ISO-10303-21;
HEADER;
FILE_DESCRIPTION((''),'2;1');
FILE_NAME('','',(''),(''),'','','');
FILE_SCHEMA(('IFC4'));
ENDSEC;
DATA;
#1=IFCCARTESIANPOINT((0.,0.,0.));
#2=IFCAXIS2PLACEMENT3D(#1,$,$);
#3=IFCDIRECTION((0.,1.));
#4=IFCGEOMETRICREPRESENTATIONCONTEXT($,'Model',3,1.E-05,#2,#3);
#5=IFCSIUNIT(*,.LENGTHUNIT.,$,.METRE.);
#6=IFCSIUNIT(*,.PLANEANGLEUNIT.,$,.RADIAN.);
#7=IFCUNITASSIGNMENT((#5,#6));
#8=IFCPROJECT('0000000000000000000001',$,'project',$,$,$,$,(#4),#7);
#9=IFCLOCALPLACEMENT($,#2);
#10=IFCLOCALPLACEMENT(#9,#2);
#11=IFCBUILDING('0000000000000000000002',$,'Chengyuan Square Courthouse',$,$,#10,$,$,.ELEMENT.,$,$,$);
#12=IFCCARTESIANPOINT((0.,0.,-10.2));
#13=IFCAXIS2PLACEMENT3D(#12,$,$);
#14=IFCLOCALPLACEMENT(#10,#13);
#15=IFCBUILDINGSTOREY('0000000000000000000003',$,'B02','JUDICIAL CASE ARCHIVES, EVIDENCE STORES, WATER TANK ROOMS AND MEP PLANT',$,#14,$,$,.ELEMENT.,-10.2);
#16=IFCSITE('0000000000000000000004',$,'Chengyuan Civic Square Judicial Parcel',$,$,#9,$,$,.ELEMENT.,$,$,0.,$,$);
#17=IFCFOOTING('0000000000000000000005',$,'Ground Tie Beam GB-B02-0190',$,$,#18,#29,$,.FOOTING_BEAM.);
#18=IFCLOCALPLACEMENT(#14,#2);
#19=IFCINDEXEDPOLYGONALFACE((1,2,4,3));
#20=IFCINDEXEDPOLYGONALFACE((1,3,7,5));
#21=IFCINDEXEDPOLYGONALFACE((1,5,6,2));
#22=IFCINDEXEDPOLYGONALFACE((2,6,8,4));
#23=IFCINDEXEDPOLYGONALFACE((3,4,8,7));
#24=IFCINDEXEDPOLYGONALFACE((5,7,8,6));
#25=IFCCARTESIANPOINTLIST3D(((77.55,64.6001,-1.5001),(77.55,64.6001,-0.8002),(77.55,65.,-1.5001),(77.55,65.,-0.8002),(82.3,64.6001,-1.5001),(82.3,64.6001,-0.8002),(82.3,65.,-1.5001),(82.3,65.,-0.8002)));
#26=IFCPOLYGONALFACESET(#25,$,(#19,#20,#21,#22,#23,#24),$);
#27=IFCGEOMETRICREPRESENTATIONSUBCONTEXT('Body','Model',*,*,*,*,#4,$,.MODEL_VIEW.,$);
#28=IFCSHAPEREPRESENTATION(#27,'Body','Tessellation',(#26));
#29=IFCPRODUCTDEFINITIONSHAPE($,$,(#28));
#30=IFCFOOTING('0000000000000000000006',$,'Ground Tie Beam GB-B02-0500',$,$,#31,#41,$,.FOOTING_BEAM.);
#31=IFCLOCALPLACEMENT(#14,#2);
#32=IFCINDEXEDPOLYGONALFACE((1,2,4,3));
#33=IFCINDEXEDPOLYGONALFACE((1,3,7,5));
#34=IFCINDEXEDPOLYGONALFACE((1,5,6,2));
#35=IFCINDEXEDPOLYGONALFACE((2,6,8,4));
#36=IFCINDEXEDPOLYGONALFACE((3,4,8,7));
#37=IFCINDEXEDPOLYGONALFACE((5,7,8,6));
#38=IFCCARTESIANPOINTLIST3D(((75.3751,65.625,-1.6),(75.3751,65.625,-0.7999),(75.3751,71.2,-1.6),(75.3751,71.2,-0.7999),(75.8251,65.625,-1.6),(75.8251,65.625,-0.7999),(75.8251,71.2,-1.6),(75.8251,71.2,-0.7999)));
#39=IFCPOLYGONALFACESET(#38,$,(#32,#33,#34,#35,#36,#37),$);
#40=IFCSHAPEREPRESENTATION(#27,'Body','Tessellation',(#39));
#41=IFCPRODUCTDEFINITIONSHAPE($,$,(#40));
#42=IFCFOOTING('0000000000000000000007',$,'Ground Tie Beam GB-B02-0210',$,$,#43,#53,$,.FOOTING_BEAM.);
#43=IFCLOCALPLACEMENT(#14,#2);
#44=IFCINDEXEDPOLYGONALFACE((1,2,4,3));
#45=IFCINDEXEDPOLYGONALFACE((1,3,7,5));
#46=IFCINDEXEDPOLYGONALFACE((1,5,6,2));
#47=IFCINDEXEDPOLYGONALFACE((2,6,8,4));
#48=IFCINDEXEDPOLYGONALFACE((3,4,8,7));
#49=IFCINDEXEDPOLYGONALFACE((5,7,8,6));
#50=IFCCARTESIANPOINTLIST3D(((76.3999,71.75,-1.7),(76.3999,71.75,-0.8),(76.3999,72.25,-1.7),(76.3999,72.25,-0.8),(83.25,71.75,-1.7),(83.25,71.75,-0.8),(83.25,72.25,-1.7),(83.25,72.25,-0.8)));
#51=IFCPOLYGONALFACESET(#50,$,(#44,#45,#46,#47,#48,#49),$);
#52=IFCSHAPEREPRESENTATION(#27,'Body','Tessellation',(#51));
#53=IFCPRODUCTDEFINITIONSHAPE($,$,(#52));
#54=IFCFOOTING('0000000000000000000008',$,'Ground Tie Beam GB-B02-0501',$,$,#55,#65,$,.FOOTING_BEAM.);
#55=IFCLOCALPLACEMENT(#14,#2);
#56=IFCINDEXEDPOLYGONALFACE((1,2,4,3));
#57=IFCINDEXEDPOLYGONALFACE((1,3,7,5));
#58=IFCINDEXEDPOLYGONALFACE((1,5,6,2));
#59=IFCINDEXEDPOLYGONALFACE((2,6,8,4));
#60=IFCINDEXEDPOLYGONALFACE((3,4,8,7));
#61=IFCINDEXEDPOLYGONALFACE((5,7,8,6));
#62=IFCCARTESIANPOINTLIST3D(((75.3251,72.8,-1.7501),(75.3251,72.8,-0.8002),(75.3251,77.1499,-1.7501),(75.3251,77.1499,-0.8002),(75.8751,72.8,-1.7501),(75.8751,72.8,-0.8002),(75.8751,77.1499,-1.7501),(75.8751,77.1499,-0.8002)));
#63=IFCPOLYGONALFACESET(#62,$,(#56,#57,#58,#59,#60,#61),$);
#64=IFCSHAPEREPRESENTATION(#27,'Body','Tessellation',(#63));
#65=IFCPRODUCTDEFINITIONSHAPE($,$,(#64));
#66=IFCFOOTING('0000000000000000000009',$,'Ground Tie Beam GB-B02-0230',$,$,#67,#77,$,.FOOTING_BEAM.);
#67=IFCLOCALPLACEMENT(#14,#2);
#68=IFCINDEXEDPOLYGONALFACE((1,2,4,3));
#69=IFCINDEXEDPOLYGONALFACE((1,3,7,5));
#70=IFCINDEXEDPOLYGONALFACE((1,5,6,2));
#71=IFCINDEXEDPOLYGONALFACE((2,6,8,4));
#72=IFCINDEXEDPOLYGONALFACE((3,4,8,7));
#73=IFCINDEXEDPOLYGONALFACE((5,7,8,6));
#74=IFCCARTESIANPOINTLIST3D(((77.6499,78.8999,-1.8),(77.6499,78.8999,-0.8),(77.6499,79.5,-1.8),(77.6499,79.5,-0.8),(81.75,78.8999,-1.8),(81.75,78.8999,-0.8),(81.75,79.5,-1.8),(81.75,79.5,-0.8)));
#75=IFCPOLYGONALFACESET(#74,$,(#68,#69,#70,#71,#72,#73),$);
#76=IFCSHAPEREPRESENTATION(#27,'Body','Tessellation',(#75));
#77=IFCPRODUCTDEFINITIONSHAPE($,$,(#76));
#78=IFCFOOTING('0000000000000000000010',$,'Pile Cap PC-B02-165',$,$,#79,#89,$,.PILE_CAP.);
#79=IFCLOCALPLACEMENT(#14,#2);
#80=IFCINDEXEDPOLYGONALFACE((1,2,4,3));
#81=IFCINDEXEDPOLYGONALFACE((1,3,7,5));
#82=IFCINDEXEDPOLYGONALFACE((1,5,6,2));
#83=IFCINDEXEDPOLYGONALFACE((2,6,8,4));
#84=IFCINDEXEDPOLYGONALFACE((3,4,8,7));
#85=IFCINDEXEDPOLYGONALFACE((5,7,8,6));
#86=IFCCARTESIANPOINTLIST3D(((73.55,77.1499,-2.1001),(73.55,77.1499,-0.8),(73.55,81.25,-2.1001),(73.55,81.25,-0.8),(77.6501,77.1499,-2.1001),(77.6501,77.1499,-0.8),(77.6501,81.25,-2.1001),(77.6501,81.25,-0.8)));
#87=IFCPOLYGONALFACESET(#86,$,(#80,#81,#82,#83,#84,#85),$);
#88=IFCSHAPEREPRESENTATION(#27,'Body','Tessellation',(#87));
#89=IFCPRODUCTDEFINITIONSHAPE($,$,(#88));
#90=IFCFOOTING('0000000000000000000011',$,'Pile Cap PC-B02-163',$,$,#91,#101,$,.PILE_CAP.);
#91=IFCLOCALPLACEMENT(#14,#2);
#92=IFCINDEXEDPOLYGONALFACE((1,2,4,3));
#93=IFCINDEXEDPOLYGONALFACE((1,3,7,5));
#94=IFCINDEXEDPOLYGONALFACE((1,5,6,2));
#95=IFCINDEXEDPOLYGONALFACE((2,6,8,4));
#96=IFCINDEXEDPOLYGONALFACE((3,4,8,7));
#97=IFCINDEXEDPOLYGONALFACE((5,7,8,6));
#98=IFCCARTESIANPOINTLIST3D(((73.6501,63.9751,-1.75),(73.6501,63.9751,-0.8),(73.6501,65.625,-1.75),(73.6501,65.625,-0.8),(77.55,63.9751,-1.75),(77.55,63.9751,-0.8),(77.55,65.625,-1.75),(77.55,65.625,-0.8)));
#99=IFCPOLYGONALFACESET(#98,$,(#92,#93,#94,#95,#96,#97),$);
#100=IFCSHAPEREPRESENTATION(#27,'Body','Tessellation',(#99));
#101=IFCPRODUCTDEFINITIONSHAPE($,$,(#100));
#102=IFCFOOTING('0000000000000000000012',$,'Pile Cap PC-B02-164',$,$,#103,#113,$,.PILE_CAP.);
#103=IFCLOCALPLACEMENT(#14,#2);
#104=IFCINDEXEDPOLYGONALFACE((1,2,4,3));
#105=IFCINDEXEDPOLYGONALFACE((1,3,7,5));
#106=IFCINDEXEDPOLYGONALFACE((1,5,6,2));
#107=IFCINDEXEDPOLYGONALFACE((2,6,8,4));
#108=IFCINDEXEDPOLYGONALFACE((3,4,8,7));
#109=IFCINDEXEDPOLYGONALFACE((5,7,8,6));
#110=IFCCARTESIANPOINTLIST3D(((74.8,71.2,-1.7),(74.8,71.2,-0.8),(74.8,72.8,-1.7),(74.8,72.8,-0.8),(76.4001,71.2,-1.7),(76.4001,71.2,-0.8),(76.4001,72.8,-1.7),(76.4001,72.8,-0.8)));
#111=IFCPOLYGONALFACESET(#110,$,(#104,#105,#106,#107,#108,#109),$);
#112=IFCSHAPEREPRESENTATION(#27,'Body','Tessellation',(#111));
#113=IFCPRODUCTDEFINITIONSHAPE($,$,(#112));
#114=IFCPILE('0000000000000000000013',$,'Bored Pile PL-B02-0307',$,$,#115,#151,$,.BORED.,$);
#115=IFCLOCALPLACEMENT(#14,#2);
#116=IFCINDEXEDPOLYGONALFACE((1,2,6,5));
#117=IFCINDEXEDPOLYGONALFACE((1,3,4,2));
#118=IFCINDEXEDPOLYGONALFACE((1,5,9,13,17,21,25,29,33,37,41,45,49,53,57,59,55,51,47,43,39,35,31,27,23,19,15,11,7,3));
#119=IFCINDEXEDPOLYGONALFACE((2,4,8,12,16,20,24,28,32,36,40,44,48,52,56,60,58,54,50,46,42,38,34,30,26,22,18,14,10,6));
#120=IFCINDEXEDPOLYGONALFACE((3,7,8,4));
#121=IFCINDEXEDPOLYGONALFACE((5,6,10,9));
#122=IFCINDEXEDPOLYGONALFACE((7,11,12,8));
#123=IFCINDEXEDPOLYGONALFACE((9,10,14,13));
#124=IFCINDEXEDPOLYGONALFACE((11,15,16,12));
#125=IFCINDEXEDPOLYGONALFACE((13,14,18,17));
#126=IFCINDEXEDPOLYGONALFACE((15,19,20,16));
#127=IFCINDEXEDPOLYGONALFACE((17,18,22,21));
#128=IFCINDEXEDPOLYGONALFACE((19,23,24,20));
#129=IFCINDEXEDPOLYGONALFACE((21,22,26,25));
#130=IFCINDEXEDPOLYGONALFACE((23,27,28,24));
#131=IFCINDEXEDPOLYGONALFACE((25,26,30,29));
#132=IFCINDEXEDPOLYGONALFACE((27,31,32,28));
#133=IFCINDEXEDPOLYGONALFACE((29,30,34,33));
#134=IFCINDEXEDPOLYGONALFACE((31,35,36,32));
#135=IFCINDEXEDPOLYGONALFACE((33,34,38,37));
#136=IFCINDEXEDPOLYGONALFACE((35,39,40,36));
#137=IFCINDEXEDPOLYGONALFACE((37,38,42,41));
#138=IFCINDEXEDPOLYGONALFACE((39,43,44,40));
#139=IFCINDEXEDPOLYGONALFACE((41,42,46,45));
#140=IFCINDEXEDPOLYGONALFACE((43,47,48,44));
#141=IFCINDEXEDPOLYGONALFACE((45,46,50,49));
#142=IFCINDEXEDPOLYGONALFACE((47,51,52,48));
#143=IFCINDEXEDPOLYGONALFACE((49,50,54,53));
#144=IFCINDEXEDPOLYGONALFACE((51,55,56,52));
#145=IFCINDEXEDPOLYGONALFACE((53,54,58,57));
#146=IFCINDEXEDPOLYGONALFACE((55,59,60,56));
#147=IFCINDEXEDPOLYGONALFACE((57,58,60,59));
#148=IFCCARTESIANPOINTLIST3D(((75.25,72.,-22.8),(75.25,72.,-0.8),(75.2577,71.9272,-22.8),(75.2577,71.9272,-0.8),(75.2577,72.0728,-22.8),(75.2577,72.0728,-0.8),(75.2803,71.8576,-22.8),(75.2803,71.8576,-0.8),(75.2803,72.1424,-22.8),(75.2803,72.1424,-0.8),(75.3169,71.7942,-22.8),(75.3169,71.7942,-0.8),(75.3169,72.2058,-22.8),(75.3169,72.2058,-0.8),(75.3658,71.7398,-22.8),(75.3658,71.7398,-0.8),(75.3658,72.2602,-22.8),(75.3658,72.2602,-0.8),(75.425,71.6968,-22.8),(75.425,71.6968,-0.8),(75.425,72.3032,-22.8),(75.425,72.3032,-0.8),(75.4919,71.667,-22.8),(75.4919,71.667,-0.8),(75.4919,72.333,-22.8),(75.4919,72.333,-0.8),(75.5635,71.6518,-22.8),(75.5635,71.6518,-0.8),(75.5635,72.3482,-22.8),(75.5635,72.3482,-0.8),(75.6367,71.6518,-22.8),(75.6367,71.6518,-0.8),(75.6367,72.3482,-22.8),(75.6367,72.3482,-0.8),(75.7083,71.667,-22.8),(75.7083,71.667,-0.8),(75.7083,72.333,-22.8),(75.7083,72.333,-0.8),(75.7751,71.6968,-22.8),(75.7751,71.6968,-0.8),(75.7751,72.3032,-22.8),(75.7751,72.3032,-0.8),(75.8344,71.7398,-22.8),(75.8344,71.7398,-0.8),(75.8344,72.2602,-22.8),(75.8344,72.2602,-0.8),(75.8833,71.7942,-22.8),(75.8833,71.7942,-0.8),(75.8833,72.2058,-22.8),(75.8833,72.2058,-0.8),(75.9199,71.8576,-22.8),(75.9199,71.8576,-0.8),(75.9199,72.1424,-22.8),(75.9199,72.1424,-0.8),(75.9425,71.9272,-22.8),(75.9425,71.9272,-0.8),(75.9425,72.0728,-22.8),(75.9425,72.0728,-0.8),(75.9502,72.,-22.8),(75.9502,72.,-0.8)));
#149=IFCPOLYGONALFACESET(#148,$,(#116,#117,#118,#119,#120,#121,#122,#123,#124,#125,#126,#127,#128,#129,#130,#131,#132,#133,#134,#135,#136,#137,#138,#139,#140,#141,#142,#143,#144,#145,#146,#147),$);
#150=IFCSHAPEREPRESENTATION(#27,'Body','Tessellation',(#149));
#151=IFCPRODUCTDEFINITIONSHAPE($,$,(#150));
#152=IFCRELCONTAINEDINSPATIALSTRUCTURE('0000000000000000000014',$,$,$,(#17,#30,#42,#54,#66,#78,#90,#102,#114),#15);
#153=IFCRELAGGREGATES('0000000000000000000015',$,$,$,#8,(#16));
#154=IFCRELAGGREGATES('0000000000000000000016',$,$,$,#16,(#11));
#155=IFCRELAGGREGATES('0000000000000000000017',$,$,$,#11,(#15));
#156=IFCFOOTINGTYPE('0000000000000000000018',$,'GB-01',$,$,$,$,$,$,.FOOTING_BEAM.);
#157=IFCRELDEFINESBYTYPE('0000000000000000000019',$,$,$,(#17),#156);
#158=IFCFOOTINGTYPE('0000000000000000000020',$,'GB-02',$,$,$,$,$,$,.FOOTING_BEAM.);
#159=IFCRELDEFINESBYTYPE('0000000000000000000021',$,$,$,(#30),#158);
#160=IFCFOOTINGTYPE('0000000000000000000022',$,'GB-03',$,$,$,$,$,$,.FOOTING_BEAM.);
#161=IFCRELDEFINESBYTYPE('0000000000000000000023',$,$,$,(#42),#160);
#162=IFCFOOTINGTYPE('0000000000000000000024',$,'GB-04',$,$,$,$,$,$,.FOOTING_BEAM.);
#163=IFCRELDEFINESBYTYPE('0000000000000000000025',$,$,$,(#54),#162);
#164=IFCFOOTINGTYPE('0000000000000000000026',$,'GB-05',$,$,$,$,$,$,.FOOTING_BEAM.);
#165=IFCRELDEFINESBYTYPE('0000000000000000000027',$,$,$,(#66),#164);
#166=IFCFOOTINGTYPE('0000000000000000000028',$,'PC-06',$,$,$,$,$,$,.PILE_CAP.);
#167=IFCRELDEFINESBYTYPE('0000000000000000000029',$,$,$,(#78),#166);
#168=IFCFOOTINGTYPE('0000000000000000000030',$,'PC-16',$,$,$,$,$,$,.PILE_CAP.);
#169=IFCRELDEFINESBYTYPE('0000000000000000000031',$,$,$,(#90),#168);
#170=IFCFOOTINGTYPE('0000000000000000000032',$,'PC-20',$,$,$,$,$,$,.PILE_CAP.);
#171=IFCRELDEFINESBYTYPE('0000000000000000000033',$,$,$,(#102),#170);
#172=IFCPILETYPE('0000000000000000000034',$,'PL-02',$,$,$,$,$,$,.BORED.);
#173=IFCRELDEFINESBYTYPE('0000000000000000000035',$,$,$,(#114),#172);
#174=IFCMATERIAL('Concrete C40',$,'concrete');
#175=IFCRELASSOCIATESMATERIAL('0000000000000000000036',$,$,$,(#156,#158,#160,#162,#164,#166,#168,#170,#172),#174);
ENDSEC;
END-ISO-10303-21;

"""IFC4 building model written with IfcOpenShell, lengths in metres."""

from ifc_helpers import new_model, si_unit, direction, frame, origin, origin_2d, place, context, subcontext, project, spatial, rectangle, circle, extrude, material, material_profile, profile_set, type_object, element, save


model = new_model("IFC4")

# Units and contexts
model_context = context("Model", 3, precision=1e-05, world=origin(), true_north=direction((0.0, 1.0)))
body_context = subcontext(model_context, "Body", "Model", "MODEL_VIEW")
ifc_project = project(units=[si_unit("LENGTHUNIT", "METRE"), si_unit("PLANEANGLEUNIT", "RADIAN")], contexts=[model_context])

# Site, building, storey
site_placement = place(None, origin())
site = spatial("IfcSite", under=ifc_project, at=site_placement, Name="Chengyuan Civic Square Judicial Parcel", CompositionType="ELEMENT", RefElevation=0.0)
building_placement = place(site_placement, origin())
building = spatial("IfcBuilding", under=site, at=building_placement, Name="Chengyuan Square Courthouse", CompositionType="ELEMENT")
storey_placement = place(building_placement, frame((0.0, 0.0, -10.2)))
storey = spatial("IfcBuildingStorey", under=building, at=storey_placement, Name="B02", Description="JUDICIAL CASE ARCHIVES, EVIDENCE STORES, WATER TANK ROOMS AND MEP PLANT", CompositionType="ELEMENT", Elevation=-10.2)

# Footings
ifc_material_1 = material(Name="Concrete C40", Category="concrete")
ifc_material_profile_1 = material_profile(ifc_material_1, rectangle(XDim=0.3999, YDim=0.7, at=origin_2d()), Name="GB-400x700")
ifc_profile_set_1 = profile_set([ifc_material_profile_1], Name="Concrete C40")
footing_type_1 = type_object("IfcFootingType", Name="GB-01", PredefinedType="FOOTING_BEAM", material=ifc_profile_set_1)
footing_1_placement = place(storey_placement, frame((77.55, 64.8, -1.1501), z_axis=(1.0, 0.0, 0.0), x_axis=(0.0, 1.0, 0.0)))
element("IfcFooting", 1, at=footing_1_placement, inside=storey, type_object=footing_type_1, Name="Ground Tie Beam GB-B02-0190", PredefinedType="FOOTING_BEAM", context=body_context, shape_type="SweptSolid", body=[
    extrude(rectangle(XDim=0.3999, YDim=0.7, at=origin_2d()), origin(), (0.0, 0.0, 1.0), 4.75),
])
ifc_material_profile_2 = material_profile(ifc_material_1, rectangle(XDim=0.45, YDim=0.8, at=origin_2d()), Name="GB-450x800")
ifc_profile_set_2 = profile_set([ifc_material_profile_2], Name="Concrete C40")
footing_type_2 = type_object("IfcFootingType", Name="GB-02", PredefinedType="FOOTING_BEAM", material=ifc_profile_set_2)
footing_2_placement = place(storey_placement, frame((75.6001, 65.625, -1.2), z_axis=(0.0, 1.0, 0.0), x_axis=(-1.0, 0.0, 0.0)))
element("IfcFooting", 2, at=footing_2_placement, inside=storey, type_object=footing_type_2, Name="Ground Tie Beam GB-B02-0500", PredefinedType="FOOTING_BEAM", context=body_context, shape_type="SweptSolid", body=[
    extrude(rectangle(XDim=0.45, YDim=0.8, at=origin_2d()), origin(), (0.0, 0.0, 1.0), 5.575),
])
ifc_material_profile_3 = material_profile(ifc_material_1, rectangle(XDim=0.5, YDim=0.8999, at=origin_2d()), Name="GB-500x900")
ifc_profile_set_3 = profile_set([ifc_material_profile_3], Name="Concrete C40")
footing_type_3 = type_object("IfcFootingType", Name="GB-03", PredefinedType="FOOTING_BEAM", material=ifc_profile_set_3)
footing_3_placement = place(storey_placement, frame((76.3999, 72.0, -1.25), z_axis=(1.0, 0.0, 0.0), x_axis=(0.0, 1.0, 0.0)))
element("IfcFooting", 3, at=footing_3_placement, inside=storey, type_object=footing_type_3, Name="Ground Tie Beam GB-B02-0210", PredefinedType="FOOTING_BEAM", context=body_context, shape_type="SweptSolid", body=[
    extrude(rectangle(XDim=0.5, YDim=0.8999, at=origin_2d()), origin(), (0.0, 0.0, 1.0), 6.8501),
])
ifc_material_profile_4 = material_profile(ifc_material_1, rectangle(XDim=0.55, YDim=0.95, at=origin_2d()), Name="GB-550x950")
ifc_profile_set_4 = profile_set([ifc_material_profile_4], Name="Concrete C40")
footing_type_4 = type_object("IfcFootingType", Name="GB-04", PredefinedType="FOOTING_BEAM", material=ifc_profile_set_4)
footing_4_placement = place(storey_placement, frame((75.6001, 72.8, -1.2751), z_axis=(0.0, 1.0, 0.0), x_axis=(-1.0, 0.0, 0.0)))
element("IfcFooting", 4, at=footing_4_placement, inside=storey, type_object=footing_type_4, Name="Ground Tie Beam GB-B02-0501", PredefinedType="FOOTING_BEAM", context=body_context, shape_type="SweptSolid", body=[
    extrude(rectangle(XDim=0.55, YDim=0.95, at=origin_2d()), origin(), (0.0, 0.0, 1.0), 4.3499),
])
ifc_material_profile_5 = material_profile(ifc_material_1, rectangle(XDim=0.6001, YDim=1.0, at=origin_2d()), Name="GB-600x1000")
ifc_profile_set_5 = profile_set([ifc_material_profile_5], Name="Concrete C40")
footing_type_5 = type_object("IfcFootingType", Name="GB-05", PredefinedType="FOOTING_BEAM", material=ifc_profile_set_5)
footing_5_placement = place(storey_placement, frame((77.6499, 79.2, -1.3), z_axis=(1.0, 0.0, 0.0), x_axis=(0.0, 1.0, 0.0)))
element("IfcFooting", 5, at=footing_5_placement, inside=storey, type_object=footing_type_5, Name="Ground Tie Beam GB-B02-0230", PredefinedType="FOOTING_BEAM", context=body_context, shape_type="SweptSolid", body=[
    extrude(rectangle(XDim=0.6001, YDim=1.0, at=origin_2d()), origin(), (0.0, 0.0, 1.0), 4.1001),
])
footing_type_6 = type_object("IfcFootingType", Name="PC-06", PredefinedType="PILE_CAP", material=ifc_material_1)
footing_6_placement = place(storey_placement, frame((75.6001, 79.2, -2.1001), z_axis=(0.0, 0.0, 1.0), x_axis=(1.0, 0.0, 0.0)))
element("IfcFooting", 6, at=footing_6_placement, inside=storey, type_object=footing_type_6, Name="Pile Cap PC-B02-165", PredefinedType="PILE_CAP", context=body_context, shape_type="SweptSolid", body=[
    extrude(rectangle(XDim=4.1001, YDim=4.1001, at=origin_2d()), origin(), (0.0, 0.0, 1.0), 1.3),
])
footing_type_7 = type_object("IfcFootingType", Name="PC-16", PredefinedType="PILE_CAP", material=ifc_material_1)
footing_7_placement = place(storey_placement, frame((75.6001, 64.8, -1.75), z_axis=(0.0, 0.0, 1.0), x_axis=(1.0, 0.0, 0.0)))
element("IfcFooting", 7, at=footing_7_placement, inside=storey, type_object=footing_type_7, Name="Pile Cap PC-B02-163", PredefinedType="PILE_CAP", context=body_context, shape_type="SweptSolid", body=[
    extrude(rectangle(XDim=3.8999, YDim=1.6499, at=origin_2d()), origin(), (0.0, 0.0, 1.0), 0.95),
])
footing_type_8 = type_object("IfcFootingType", Name="PC-20", PredefinedType="PILE_CAP", material=ifc_material_1)
footing_8_placement = place(storey_placement, frame((75.6001, 72.0, -1.7), z_axis=(0.0, 0.0, 1.0), x_axis=(1.0, 0.0, 0.0)))
element("IfcFooting", 8, at=footing_8_placement, inside=storey, type_object=footing_type_8, Name="Pile Cap PC-B02-164", PredefinedType="PILE_CAP", context=body_context, shape_type="SweptSolid", body=[
    extrude(rectangle(XDim=1.6001, YDim=1.6001, at=origin_2d()), origin(), (0.0, 0.0, 1.0), 0.8999),
])

# Pile
ifc_material_profile_6 = material_profile(ifc_material_1, circle(Radius=0.3501, at=origin_2d()), Name="BORED PILE D700")
ifc_profile_set_6 = profile_set([ifc_material_profile_6], Name="Concrete C40")
pile_type_1 = type_object("IfcPileType", Name="PL-02", PredefinedType="BORED", material=ifc_profile_set_6)
pile_placement = place(storey_placement, frame((75.6001, 72.0, -0.8), z_axis=(0.0, 0.0, -1.0), x_axis=(1.0, 0.0, 0.0)))
element("IfcPile", 9, at=pile_placement, inside=storey, type_object=pile_type_1, Name="Bored Pile PL-B02-0307", PredefinedType="BORED", context=body_context, shape_type="SweptSolid", body=[
    extrude(circle(Radius=0.3501, at=origin_2d()), origin(), (0.0, 0.0, 1.0), 22.0),
])

save(model, "model.ifc")
